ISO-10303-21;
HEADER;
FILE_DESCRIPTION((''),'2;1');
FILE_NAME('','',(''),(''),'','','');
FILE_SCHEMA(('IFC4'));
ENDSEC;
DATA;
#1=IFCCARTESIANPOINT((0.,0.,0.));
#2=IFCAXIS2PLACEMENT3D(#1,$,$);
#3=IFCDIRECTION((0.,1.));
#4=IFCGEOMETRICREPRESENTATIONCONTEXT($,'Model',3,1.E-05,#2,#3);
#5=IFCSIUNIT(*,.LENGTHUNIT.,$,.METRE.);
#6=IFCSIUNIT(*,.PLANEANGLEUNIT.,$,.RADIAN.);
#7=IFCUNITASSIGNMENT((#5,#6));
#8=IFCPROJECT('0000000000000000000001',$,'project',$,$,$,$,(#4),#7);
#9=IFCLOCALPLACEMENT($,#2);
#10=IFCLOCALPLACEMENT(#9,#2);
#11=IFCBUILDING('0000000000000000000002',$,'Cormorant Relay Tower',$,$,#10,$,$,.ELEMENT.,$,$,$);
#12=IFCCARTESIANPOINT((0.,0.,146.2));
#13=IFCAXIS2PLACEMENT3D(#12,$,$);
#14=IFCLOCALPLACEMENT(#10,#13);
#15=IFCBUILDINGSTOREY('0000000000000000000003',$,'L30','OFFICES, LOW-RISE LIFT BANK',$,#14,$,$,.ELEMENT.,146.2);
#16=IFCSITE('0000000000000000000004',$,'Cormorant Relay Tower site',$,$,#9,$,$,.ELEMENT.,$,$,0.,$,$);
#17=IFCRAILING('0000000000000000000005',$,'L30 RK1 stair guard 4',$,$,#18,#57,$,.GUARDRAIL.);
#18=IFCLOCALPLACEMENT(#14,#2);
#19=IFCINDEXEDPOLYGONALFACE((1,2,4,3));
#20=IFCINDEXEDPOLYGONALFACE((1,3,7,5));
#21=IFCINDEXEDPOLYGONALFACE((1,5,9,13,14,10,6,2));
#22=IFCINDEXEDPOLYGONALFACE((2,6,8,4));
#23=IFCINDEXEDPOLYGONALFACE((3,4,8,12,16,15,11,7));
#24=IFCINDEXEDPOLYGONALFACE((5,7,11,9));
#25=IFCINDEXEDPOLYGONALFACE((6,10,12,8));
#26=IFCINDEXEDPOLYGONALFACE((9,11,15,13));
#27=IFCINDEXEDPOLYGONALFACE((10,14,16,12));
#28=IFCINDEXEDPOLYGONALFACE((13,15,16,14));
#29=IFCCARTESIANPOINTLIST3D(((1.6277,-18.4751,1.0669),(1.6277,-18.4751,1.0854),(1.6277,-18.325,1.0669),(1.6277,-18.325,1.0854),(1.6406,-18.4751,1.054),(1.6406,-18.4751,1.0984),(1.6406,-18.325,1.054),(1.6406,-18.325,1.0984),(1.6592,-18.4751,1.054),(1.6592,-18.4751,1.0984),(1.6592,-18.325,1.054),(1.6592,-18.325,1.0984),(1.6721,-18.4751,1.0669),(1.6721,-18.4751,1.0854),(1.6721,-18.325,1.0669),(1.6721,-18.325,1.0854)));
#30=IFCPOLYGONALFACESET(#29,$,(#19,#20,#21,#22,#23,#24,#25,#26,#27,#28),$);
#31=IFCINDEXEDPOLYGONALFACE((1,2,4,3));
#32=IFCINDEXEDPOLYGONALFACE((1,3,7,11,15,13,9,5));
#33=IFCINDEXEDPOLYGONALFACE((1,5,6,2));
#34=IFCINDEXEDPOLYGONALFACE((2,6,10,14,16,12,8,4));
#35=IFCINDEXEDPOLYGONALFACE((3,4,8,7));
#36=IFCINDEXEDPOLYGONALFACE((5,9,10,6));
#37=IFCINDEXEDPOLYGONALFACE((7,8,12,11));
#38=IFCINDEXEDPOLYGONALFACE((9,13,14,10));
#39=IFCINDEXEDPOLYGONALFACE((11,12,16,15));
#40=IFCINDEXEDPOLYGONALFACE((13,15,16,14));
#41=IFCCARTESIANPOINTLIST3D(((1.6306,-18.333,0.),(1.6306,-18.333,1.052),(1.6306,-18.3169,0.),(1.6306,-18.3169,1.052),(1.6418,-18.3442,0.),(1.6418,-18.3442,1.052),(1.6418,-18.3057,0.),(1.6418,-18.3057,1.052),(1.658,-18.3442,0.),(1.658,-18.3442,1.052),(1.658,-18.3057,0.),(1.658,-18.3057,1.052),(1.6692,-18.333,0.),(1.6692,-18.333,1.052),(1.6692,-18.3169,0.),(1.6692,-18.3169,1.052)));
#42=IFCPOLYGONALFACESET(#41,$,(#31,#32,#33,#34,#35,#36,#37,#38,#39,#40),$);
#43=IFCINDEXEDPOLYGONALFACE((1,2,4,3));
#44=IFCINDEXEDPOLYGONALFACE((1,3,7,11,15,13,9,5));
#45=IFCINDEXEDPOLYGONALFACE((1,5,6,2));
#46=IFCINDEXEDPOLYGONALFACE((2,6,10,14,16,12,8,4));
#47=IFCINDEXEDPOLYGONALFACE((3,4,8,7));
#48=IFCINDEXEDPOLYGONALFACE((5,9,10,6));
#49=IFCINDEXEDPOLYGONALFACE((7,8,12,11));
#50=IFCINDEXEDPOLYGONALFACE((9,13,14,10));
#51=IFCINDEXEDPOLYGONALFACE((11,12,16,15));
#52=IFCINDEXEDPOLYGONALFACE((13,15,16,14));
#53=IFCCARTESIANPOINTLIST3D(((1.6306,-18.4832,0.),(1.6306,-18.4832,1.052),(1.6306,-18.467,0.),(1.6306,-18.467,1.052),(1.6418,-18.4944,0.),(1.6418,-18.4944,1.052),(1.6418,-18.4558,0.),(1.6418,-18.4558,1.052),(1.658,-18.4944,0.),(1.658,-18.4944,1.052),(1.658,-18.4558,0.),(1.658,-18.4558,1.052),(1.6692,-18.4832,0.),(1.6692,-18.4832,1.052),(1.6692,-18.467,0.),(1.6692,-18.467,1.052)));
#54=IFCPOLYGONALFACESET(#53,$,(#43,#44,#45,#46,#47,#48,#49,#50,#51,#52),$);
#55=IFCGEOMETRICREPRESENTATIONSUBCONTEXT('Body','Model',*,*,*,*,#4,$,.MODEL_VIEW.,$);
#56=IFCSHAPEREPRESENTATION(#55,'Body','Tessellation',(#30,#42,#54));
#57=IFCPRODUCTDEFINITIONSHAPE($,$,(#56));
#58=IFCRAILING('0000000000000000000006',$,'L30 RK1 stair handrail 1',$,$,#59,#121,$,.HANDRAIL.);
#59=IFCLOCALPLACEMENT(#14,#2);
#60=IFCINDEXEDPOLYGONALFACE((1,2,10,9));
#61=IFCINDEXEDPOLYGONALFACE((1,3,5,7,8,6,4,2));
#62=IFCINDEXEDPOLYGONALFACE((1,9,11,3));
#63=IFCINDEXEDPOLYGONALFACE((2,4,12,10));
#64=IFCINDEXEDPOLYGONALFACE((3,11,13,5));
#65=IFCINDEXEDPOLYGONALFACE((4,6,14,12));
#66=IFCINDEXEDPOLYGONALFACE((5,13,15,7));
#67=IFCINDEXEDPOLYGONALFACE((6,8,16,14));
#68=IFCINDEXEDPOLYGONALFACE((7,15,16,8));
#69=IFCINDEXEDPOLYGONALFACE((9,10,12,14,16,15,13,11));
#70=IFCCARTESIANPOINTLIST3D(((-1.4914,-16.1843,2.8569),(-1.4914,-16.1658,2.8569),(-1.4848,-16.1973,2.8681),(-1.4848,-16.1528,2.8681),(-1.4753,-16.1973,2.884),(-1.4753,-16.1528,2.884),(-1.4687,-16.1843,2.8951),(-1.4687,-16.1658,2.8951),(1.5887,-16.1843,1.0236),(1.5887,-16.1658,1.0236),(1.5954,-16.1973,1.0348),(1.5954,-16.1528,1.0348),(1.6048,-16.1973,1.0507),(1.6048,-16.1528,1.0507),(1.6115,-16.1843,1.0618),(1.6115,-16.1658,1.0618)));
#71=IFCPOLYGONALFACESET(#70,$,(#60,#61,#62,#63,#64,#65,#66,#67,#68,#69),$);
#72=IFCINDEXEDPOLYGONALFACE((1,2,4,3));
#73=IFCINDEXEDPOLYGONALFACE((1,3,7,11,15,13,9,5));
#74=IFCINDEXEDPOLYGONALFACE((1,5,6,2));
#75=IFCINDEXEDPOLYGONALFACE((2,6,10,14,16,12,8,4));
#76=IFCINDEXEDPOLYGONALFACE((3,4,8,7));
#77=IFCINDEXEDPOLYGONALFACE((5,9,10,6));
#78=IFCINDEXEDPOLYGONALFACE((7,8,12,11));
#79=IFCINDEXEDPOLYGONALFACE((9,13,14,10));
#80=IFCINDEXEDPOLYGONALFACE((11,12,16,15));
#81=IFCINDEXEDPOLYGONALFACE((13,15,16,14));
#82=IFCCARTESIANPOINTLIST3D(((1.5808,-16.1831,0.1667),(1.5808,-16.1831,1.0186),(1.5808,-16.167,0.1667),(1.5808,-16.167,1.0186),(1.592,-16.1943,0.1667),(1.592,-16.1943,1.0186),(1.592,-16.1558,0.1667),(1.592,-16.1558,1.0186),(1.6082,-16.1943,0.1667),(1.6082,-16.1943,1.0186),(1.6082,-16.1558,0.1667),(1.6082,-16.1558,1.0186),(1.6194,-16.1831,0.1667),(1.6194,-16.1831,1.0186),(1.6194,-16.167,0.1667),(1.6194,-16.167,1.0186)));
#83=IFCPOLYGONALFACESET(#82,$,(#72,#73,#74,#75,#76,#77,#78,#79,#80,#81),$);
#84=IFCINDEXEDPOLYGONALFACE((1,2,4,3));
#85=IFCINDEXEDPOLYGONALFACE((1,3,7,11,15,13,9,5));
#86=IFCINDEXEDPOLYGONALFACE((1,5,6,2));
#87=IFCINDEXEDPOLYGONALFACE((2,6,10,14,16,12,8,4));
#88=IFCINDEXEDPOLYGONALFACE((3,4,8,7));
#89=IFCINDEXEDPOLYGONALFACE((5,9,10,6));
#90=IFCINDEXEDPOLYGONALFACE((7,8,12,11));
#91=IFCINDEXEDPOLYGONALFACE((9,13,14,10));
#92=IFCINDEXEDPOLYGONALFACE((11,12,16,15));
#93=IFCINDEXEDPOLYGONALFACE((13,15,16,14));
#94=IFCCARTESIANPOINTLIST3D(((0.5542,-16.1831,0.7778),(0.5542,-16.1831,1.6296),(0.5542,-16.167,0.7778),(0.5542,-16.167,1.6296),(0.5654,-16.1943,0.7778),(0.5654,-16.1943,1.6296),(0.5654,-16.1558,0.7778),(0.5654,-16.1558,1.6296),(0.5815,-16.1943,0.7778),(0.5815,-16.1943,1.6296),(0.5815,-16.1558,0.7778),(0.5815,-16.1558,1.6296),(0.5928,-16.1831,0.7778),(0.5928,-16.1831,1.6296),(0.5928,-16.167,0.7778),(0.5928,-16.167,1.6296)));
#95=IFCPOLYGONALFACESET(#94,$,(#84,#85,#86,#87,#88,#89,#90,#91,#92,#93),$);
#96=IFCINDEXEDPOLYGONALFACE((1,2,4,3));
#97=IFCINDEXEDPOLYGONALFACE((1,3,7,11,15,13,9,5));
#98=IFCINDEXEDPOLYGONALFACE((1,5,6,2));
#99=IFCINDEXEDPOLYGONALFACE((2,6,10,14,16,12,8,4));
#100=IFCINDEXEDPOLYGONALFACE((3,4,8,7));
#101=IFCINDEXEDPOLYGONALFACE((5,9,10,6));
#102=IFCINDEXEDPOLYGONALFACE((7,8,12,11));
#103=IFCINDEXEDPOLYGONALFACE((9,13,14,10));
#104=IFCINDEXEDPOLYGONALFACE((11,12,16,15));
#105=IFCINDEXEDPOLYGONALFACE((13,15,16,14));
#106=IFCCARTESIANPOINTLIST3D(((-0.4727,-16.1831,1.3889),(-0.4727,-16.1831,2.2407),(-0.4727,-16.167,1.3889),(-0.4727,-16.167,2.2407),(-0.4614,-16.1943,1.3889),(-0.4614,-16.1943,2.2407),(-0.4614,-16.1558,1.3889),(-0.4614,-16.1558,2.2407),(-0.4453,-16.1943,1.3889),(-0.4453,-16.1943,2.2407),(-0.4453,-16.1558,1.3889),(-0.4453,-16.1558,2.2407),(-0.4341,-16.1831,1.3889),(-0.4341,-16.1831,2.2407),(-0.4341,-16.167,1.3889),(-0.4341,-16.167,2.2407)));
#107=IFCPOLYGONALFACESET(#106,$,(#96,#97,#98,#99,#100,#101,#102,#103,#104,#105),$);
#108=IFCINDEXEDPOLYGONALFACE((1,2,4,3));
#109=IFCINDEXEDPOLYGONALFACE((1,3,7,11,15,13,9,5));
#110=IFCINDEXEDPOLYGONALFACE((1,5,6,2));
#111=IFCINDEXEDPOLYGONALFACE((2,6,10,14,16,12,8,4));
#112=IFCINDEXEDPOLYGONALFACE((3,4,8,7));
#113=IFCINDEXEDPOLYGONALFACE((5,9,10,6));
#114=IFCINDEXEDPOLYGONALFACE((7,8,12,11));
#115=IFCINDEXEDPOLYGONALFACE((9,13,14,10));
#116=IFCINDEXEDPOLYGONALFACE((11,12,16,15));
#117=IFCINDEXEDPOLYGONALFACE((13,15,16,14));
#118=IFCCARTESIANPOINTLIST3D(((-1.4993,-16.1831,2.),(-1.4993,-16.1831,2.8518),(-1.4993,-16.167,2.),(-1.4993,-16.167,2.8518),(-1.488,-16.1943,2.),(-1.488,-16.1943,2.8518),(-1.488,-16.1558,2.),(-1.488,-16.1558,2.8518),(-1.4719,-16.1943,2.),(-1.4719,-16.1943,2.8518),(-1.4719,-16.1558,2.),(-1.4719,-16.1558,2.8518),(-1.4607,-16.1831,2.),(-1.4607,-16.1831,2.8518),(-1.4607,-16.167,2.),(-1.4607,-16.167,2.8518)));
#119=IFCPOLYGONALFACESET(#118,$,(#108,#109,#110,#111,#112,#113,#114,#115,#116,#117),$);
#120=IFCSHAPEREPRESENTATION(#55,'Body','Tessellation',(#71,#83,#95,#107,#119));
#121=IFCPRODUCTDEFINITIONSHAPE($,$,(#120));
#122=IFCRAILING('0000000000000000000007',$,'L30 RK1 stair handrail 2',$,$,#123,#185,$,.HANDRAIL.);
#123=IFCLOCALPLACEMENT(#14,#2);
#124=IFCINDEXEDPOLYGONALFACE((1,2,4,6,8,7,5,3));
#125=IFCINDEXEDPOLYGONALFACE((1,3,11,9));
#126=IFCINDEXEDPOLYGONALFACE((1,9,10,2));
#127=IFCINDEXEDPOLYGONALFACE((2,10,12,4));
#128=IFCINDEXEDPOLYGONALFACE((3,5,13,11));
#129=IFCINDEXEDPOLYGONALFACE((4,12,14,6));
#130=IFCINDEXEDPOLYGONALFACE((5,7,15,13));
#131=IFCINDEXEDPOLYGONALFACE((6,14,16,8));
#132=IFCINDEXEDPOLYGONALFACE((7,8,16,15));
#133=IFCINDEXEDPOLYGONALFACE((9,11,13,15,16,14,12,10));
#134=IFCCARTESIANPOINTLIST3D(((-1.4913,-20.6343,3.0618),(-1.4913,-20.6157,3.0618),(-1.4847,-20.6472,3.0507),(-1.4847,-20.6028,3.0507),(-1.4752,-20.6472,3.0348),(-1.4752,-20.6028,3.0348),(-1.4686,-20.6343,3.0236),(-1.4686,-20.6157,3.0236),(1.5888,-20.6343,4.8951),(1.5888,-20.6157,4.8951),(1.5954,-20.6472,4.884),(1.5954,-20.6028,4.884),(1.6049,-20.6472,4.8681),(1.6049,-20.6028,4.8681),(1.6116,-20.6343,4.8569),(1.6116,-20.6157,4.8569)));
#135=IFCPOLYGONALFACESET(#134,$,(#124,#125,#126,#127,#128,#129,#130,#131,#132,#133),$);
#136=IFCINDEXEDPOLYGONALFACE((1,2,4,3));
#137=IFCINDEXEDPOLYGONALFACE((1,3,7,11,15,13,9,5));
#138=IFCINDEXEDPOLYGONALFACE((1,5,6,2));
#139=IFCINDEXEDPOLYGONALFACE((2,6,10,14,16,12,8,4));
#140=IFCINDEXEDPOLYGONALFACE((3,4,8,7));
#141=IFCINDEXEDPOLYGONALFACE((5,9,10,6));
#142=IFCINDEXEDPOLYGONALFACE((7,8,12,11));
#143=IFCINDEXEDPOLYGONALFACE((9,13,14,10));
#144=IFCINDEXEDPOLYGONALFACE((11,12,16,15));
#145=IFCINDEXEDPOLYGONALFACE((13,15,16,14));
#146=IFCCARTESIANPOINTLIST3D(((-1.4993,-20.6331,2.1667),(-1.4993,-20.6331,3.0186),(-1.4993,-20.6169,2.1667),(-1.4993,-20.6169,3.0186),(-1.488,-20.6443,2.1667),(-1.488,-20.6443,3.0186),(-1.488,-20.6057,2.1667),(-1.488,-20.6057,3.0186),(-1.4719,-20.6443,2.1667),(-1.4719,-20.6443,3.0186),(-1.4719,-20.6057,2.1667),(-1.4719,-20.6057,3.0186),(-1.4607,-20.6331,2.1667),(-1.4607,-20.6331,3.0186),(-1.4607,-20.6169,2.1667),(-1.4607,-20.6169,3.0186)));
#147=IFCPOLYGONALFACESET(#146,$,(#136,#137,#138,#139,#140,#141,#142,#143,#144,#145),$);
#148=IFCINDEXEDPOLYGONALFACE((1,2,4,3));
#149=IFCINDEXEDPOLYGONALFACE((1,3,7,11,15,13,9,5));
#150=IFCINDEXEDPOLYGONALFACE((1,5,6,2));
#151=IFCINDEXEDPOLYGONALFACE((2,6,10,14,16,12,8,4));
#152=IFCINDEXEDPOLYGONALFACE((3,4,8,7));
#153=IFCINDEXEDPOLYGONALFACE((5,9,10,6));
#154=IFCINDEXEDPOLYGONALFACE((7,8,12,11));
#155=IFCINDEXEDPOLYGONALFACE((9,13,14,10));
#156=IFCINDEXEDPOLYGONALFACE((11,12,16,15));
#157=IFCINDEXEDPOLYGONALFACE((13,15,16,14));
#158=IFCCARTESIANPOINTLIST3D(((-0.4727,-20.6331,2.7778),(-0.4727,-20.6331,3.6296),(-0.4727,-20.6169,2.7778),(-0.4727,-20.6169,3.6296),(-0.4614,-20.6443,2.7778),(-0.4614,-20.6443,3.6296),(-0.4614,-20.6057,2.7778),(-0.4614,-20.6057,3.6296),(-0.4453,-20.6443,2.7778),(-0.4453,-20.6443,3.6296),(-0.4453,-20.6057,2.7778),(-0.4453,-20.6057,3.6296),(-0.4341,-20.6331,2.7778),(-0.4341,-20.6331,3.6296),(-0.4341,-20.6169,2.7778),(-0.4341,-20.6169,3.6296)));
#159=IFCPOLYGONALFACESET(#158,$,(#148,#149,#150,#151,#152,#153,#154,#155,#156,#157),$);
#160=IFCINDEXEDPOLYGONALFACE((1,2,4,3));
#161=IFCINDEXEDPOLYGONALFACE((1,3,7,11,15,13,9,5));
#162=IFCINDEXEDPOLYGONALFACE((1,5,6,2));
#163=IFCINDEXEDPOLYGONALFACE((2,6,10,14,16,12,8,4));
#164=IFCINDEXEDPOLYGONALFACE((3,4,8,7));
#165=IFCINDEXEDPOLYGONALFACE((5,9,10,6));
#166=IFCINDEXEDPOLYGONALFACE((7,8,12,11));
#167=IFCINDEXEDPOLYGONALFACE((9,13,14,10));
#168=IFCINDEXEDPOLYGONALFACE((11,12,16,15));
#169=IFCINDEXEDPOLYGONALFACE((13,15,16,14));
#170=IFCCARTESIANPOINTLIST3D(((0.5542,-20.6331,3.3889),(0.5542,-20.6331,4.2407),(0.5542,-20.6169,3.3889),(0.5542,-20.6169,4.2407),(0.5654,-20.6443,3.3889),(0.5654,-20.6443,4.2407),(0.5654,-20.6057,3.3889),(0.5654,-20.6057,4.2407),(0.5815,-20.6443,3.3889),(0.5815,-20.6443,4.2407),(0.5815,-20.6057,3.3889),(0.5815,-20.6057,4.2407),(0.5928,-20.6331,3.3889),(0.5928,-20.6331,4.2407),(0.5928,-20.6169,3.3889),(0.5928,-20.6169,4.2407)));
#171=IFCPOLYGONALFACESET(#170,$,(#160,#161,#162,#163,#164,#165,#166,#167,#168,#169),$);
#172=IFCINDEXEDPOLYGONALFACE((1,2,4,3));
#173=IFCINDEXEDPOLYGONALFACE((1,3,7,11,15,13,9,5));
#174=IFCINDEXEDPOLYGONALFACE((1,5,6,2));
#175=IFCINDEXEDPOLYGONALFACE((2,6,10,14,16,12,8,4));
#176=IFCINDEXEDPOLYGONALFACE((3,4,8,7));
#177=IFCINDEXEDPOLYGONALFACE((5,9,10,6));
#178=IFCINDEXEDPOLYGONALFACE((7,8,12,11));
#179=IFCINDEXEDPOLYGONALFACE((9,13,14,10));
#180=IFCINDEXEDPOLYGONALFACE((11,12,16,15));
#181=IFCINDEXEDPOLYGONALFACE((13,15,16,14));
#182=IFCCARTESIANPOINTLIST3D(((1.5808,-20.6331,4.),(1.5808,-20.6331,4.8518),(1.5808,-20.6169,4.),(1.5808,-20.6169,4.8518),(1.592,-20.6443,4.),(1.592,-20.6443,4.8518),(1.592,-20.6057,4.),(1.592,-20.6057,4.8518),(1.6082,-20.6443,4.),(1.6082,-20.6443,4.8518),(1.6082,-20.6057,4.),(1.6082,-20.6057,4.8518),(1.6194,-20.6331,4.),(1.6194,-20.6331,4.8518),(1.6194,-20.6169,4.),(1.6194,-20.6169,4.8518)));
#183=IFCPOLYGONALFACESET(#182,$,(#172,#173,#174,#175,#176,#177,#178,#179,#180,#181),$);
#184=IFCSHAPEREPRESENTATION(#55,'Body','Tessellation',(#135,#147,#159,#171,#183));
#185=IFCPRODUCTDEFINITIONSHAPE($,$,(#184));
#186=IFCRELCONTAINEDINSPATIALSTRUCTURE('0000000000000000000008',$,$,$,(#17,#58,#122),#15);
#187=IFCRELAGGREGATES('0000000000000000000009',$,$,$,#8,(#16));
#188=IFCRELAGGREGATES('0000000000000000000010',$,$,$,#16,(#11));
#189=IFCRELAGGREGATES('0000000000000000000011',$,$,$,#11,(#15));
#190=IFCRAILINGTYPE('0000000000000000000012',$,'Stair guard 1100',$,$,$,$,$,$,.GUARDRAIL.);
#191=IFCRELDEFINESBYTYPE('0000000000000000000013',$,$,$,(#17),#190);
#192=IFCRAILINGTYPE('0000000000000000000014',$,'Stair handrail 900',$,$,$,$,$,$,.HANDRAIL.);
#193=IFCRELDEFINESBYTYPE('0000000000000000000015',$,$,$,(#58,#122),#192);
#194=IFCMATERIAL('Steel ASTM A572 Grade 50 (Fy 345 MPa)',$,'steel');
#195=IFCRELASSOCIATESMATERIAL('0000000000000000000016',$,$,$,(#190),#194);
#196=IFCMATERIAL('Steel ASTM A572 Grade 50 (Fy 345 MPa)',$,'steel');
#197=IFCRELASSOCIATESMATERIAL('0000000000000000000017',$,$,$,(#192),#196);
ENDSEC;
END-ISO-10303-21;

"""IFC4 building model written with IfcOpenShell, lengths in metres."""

from ifc_helpers import new_model, si_unit, direction, frame, origin, place, context, subcontext, project, spatial, polyline, outline, extrude, material, type_object, element, save


model = new_model("IFC4")

# Units and contexts
model_context = context("Model", 3, precision=1e-05, world=origin(), true_north=direction((0.0, 1.0)))
body_context = subcontext(model_context, "Body", "Model", "MODEL_VIEW")
ifc_project = project(units=[si_unit("LENGTHUNIT", "METRE"), si_unit("PLANEANGLEUNIT", "RADIAN")], contexts=[model_context])

# Site, building, storey
site_placement = place(None, origin())
site = spatial("IfcSite", under=ifc_project, at=site_placement, Name="Cormorant Relay Tower site", CompositionType="ELEMENT", RefElevation=0.0)
building_placement = place(site_placement, origin())
building = spatial("IfcBuilding", under=site, at=building_placement, Name="Cormorant Relay Tower", CompositionType="ELEMENT")
storey_placement = place(building_placement, frame((0.0, 0.0, 146.2)))
storey = spatial("IfcBuildingStorey", under=building, at=storey_placement, Name="L30", Description="OFFICES, LOW-RISE LIFT BANK", CompositionType="ELEMENT", Elevation=146.2)

# Railings
ifc_material_1 = material(Name="Steel ASTM A572 Grade 50 (Fy 345 MPa)", Category="steel")
railing_type_1 = type_object("IfcRailingType", Name="Stair guard 1100", PredefinedType="GUARDRAIL", material=ifc_material_1)
railing_1_placement = place(storey_placement, frame((1.6499, -18.325, 0.0)))
element("IfcRailing", 1, at=railing_1_placement, inside=storey, type_object=railing_type_1, Name="L30 RK1 stair guard 4", PredefinedType="GUARDRAIL", context=body_context, shape_type="SweptSolid", body=[
    extrude(outline(polyline([(0.0222, 0.0093), (0.0093, 0.0222), (-0.0093, 0.0222), (-0.0222, 0.0093), (-0.0222, -0.0093), (-0.0093, -0.0222), (0.0093, -0.0222), (0.0222, -0.0093), (0.0222, 0.0093)])), frame((0.0, 0.0, 1.0762), z_axis=(0.0, -1.0, 0.0), x_axis=(1.0, 0.0, 0.0)), (0.0, 0.0, 1.0), 0.1501),
    extrude(outline(polyline([(0.0193, 0.0081), (0.0081, 0.0193), (-0.0081, 0.0193), (-0.0193, 0.0081), (-0.0193, -0.0081), (-0.0081, -0.0193), (0.0081, -0.0193), (0.0193, -0.0081), (0.0193, 0.0081)])), origin(), (0.0, 0.0, 1.0), 1.052),
    extrude(outline(polyline([(0.0193, 0.0081), (0.0081, 0.0193), (-0.0081, 0.0193), (-0.0193, 0.0081), (-0.0193, -0.0081), (-0.0081, -0.0193), (0.0081, -0.0193), (0.0193, -0.0081), (0.0193, 0.0081)])), frame((0.0, -0.1501, 0.0)), (0.0, 0.0, 1.0), 1.052),
])
ifc_material_2 = material(Name="Steel ASTM A572 Grade 50 (Fy 345 MPa)", Category="steel")
railing_type_2 = type_object("IfcRailingType", Name="Stair handrail 900", PredefinedType="HANDRAIL", material=ifc_material_2)
railing_2_placement = place(storey_placement, frame((1.6001, -16.175, 0.1667)))
element("IfcRailing", 2, at=railing_2_placement, inside=storey, type_object=railing_type_2, Name="L30 RK1 stair handrail 1", PredefinedType="HANDRAIL", context=body_context, shape_type="SweptSolid", body=[
    extrude(outline(polyline([(0.0222, 0.0093), (0.0093, 0.0222), (-0.0093, 0.0222), (-0.0222, 0.0093), (-0.0222, -0.0093), (-0.0093, -0.0222), (0.0093, -0.0222), (0.0222, -0.0093), (0.0222, 0.0093)])), frame((0.0, 0.0, 0.876), z_axis=(-0.859309, 0.0, 0.511458), x_axis=(0.0, -1.0, 0.0)), (0.0, 0.0, 1.0), 3.5845),
    extrude(outline(polyline([(0.0193, 0.0081), (0.0081, 0.0193), (-0.0081, 0.0193), (-0.0193, 0.0081), (-0.0193, -0.0081), (-0.0081, -0.0193), (0.0081, -0.0193), (0.0193, -0.0081), (0.0193, 0.0081)])), origin(), (0.0, 0.0, 1.0), 0.8518),
    extrude(outline(polyline([(0.0193, 0.0081), (0.0081, 0.0193), (-0.0081, 0.0193), (-0.0193, 0.0081), (-0.0193, -0.0081), (-0.0081, -0.0193), (0.0081, -0.0193), (0.0193, -0.0081), (0.0193, 0.0081)])), frame((-1.0266, 0.0, 0.6111)), (0.0, 0.0, 1.0), 0.8518),
    extrude(outline(polyline([(0.0193, 0.0081), (0.0081, 0.0193), (-0.0081, 0.0193), (-0.0193, 0.0081), (-0.0193, -0.0081), (-0.0081, -0.0193), (0.0081, -0.0193), (0.0193, -0.0081), (0.0193, 0.0081)])), frame((-2.0535, 0.0, 1.2222)), (0.0, 0.0, 1.0), 0.8518),
    extrude(outline(polyline([(0.0193, 0.0081), (0.0081, 0.0193), (-0.0081, 0.0193), (-0.0193, 0.0081), (-0.0193, -0.0081), (-0.0081, -0.0193), (0.0081, -0.0193), (0.0193, -0.0081), (0.0193, 0.0081)])), frame((-3.0801, 0.0, 1.8333)), (0.0, 0.0, 1.0), 0.8518),
])
railing_3_placement = place(storey_placement, frame((-1.48, -20.625, 2.1667)))
element("IfcRailing", 3, at=railing_3_placement, inside=storey, type_object=railing_type_2, Name="L30 RK1 stair handrail 2", PredefinedType="HANDRAIL", context=body_context, shape_type="SweptSolid", body=[
    extrude(outline(polyline([(0.0222, 0.0093), (0.0093, 0.0222), (-0.0093, 0.0222), (-0.0222, 0.0093), (-0.0222, -0.0093), (-0.0093, -0.0222), (0.0093, -0.0222), (0.0222, -0.0093), (0.0222, 0.0093)])), frame((0.0, 0.0, 0.876), z_axis=(0.859309, 0.0, 0.511458), x_axis=(0.0, 1.0, 0.0)), (0.0, 0.0, 1.0), 3.5845),
    extrude(outline(polyline([(0.0193, 0.0081), (0.0081, 0.0193), (-0.0081, 0.0193), (-0.0193, 0.0081), (-0.0193, -0.0081), (-0.0081, -0.0193), (0.0081, -0.0193), (0.0193, -0.0081), (0.0193, 0.0081)])), origin(), (0.0, 0.0, 1.0), 0.8518),
    extrude(outline(polyline([(0.0193, 0.0081), (0.0081, 0.0193), (-0.0081, 0.0193), (-0.0193, 0.0081), (-0.0193, -0.0081), (-0.0081, -0.0193), (0.0081, -0.0193), (0.0193, -0.0081), (0.0193, 0.0081)])), frame((1.0266, 0.0, 0.6111)), (0.0, 0.0, 1.0), 0.8518),
    extrude(outline(polyline([(0.0193, 0.0081), (0.0081, 0.0193), (-0.0081, 0.0193), (-0.0193, 0.0081), (-0.0193, -0.0081), (-0.0081, -0.0193), (0.0081, -0.0193), (0.0193, -0.0081), (0.0193, 0.0081)])), frame((2.0535, 0.0, 1.2222)), (0.0, 0.0, 1.0), 0.8518),
    extrude(outline(polyline([(0.0193, 0.0081), (0.0081, 0.0193), (-0.0081, 0.0193), (-0.0193, 0.0081), (-0.0193, -0.0081), (-0.0081, -0.0193), (0.0081, -0.0193), (0.0193, -0.0081), (0.0193, 0.0081)])), frame((3.0801, 0.0, 1.8333)), (0.0, 0.0, 1.0), 0.8518),
])

save(model, "model.ifc")
